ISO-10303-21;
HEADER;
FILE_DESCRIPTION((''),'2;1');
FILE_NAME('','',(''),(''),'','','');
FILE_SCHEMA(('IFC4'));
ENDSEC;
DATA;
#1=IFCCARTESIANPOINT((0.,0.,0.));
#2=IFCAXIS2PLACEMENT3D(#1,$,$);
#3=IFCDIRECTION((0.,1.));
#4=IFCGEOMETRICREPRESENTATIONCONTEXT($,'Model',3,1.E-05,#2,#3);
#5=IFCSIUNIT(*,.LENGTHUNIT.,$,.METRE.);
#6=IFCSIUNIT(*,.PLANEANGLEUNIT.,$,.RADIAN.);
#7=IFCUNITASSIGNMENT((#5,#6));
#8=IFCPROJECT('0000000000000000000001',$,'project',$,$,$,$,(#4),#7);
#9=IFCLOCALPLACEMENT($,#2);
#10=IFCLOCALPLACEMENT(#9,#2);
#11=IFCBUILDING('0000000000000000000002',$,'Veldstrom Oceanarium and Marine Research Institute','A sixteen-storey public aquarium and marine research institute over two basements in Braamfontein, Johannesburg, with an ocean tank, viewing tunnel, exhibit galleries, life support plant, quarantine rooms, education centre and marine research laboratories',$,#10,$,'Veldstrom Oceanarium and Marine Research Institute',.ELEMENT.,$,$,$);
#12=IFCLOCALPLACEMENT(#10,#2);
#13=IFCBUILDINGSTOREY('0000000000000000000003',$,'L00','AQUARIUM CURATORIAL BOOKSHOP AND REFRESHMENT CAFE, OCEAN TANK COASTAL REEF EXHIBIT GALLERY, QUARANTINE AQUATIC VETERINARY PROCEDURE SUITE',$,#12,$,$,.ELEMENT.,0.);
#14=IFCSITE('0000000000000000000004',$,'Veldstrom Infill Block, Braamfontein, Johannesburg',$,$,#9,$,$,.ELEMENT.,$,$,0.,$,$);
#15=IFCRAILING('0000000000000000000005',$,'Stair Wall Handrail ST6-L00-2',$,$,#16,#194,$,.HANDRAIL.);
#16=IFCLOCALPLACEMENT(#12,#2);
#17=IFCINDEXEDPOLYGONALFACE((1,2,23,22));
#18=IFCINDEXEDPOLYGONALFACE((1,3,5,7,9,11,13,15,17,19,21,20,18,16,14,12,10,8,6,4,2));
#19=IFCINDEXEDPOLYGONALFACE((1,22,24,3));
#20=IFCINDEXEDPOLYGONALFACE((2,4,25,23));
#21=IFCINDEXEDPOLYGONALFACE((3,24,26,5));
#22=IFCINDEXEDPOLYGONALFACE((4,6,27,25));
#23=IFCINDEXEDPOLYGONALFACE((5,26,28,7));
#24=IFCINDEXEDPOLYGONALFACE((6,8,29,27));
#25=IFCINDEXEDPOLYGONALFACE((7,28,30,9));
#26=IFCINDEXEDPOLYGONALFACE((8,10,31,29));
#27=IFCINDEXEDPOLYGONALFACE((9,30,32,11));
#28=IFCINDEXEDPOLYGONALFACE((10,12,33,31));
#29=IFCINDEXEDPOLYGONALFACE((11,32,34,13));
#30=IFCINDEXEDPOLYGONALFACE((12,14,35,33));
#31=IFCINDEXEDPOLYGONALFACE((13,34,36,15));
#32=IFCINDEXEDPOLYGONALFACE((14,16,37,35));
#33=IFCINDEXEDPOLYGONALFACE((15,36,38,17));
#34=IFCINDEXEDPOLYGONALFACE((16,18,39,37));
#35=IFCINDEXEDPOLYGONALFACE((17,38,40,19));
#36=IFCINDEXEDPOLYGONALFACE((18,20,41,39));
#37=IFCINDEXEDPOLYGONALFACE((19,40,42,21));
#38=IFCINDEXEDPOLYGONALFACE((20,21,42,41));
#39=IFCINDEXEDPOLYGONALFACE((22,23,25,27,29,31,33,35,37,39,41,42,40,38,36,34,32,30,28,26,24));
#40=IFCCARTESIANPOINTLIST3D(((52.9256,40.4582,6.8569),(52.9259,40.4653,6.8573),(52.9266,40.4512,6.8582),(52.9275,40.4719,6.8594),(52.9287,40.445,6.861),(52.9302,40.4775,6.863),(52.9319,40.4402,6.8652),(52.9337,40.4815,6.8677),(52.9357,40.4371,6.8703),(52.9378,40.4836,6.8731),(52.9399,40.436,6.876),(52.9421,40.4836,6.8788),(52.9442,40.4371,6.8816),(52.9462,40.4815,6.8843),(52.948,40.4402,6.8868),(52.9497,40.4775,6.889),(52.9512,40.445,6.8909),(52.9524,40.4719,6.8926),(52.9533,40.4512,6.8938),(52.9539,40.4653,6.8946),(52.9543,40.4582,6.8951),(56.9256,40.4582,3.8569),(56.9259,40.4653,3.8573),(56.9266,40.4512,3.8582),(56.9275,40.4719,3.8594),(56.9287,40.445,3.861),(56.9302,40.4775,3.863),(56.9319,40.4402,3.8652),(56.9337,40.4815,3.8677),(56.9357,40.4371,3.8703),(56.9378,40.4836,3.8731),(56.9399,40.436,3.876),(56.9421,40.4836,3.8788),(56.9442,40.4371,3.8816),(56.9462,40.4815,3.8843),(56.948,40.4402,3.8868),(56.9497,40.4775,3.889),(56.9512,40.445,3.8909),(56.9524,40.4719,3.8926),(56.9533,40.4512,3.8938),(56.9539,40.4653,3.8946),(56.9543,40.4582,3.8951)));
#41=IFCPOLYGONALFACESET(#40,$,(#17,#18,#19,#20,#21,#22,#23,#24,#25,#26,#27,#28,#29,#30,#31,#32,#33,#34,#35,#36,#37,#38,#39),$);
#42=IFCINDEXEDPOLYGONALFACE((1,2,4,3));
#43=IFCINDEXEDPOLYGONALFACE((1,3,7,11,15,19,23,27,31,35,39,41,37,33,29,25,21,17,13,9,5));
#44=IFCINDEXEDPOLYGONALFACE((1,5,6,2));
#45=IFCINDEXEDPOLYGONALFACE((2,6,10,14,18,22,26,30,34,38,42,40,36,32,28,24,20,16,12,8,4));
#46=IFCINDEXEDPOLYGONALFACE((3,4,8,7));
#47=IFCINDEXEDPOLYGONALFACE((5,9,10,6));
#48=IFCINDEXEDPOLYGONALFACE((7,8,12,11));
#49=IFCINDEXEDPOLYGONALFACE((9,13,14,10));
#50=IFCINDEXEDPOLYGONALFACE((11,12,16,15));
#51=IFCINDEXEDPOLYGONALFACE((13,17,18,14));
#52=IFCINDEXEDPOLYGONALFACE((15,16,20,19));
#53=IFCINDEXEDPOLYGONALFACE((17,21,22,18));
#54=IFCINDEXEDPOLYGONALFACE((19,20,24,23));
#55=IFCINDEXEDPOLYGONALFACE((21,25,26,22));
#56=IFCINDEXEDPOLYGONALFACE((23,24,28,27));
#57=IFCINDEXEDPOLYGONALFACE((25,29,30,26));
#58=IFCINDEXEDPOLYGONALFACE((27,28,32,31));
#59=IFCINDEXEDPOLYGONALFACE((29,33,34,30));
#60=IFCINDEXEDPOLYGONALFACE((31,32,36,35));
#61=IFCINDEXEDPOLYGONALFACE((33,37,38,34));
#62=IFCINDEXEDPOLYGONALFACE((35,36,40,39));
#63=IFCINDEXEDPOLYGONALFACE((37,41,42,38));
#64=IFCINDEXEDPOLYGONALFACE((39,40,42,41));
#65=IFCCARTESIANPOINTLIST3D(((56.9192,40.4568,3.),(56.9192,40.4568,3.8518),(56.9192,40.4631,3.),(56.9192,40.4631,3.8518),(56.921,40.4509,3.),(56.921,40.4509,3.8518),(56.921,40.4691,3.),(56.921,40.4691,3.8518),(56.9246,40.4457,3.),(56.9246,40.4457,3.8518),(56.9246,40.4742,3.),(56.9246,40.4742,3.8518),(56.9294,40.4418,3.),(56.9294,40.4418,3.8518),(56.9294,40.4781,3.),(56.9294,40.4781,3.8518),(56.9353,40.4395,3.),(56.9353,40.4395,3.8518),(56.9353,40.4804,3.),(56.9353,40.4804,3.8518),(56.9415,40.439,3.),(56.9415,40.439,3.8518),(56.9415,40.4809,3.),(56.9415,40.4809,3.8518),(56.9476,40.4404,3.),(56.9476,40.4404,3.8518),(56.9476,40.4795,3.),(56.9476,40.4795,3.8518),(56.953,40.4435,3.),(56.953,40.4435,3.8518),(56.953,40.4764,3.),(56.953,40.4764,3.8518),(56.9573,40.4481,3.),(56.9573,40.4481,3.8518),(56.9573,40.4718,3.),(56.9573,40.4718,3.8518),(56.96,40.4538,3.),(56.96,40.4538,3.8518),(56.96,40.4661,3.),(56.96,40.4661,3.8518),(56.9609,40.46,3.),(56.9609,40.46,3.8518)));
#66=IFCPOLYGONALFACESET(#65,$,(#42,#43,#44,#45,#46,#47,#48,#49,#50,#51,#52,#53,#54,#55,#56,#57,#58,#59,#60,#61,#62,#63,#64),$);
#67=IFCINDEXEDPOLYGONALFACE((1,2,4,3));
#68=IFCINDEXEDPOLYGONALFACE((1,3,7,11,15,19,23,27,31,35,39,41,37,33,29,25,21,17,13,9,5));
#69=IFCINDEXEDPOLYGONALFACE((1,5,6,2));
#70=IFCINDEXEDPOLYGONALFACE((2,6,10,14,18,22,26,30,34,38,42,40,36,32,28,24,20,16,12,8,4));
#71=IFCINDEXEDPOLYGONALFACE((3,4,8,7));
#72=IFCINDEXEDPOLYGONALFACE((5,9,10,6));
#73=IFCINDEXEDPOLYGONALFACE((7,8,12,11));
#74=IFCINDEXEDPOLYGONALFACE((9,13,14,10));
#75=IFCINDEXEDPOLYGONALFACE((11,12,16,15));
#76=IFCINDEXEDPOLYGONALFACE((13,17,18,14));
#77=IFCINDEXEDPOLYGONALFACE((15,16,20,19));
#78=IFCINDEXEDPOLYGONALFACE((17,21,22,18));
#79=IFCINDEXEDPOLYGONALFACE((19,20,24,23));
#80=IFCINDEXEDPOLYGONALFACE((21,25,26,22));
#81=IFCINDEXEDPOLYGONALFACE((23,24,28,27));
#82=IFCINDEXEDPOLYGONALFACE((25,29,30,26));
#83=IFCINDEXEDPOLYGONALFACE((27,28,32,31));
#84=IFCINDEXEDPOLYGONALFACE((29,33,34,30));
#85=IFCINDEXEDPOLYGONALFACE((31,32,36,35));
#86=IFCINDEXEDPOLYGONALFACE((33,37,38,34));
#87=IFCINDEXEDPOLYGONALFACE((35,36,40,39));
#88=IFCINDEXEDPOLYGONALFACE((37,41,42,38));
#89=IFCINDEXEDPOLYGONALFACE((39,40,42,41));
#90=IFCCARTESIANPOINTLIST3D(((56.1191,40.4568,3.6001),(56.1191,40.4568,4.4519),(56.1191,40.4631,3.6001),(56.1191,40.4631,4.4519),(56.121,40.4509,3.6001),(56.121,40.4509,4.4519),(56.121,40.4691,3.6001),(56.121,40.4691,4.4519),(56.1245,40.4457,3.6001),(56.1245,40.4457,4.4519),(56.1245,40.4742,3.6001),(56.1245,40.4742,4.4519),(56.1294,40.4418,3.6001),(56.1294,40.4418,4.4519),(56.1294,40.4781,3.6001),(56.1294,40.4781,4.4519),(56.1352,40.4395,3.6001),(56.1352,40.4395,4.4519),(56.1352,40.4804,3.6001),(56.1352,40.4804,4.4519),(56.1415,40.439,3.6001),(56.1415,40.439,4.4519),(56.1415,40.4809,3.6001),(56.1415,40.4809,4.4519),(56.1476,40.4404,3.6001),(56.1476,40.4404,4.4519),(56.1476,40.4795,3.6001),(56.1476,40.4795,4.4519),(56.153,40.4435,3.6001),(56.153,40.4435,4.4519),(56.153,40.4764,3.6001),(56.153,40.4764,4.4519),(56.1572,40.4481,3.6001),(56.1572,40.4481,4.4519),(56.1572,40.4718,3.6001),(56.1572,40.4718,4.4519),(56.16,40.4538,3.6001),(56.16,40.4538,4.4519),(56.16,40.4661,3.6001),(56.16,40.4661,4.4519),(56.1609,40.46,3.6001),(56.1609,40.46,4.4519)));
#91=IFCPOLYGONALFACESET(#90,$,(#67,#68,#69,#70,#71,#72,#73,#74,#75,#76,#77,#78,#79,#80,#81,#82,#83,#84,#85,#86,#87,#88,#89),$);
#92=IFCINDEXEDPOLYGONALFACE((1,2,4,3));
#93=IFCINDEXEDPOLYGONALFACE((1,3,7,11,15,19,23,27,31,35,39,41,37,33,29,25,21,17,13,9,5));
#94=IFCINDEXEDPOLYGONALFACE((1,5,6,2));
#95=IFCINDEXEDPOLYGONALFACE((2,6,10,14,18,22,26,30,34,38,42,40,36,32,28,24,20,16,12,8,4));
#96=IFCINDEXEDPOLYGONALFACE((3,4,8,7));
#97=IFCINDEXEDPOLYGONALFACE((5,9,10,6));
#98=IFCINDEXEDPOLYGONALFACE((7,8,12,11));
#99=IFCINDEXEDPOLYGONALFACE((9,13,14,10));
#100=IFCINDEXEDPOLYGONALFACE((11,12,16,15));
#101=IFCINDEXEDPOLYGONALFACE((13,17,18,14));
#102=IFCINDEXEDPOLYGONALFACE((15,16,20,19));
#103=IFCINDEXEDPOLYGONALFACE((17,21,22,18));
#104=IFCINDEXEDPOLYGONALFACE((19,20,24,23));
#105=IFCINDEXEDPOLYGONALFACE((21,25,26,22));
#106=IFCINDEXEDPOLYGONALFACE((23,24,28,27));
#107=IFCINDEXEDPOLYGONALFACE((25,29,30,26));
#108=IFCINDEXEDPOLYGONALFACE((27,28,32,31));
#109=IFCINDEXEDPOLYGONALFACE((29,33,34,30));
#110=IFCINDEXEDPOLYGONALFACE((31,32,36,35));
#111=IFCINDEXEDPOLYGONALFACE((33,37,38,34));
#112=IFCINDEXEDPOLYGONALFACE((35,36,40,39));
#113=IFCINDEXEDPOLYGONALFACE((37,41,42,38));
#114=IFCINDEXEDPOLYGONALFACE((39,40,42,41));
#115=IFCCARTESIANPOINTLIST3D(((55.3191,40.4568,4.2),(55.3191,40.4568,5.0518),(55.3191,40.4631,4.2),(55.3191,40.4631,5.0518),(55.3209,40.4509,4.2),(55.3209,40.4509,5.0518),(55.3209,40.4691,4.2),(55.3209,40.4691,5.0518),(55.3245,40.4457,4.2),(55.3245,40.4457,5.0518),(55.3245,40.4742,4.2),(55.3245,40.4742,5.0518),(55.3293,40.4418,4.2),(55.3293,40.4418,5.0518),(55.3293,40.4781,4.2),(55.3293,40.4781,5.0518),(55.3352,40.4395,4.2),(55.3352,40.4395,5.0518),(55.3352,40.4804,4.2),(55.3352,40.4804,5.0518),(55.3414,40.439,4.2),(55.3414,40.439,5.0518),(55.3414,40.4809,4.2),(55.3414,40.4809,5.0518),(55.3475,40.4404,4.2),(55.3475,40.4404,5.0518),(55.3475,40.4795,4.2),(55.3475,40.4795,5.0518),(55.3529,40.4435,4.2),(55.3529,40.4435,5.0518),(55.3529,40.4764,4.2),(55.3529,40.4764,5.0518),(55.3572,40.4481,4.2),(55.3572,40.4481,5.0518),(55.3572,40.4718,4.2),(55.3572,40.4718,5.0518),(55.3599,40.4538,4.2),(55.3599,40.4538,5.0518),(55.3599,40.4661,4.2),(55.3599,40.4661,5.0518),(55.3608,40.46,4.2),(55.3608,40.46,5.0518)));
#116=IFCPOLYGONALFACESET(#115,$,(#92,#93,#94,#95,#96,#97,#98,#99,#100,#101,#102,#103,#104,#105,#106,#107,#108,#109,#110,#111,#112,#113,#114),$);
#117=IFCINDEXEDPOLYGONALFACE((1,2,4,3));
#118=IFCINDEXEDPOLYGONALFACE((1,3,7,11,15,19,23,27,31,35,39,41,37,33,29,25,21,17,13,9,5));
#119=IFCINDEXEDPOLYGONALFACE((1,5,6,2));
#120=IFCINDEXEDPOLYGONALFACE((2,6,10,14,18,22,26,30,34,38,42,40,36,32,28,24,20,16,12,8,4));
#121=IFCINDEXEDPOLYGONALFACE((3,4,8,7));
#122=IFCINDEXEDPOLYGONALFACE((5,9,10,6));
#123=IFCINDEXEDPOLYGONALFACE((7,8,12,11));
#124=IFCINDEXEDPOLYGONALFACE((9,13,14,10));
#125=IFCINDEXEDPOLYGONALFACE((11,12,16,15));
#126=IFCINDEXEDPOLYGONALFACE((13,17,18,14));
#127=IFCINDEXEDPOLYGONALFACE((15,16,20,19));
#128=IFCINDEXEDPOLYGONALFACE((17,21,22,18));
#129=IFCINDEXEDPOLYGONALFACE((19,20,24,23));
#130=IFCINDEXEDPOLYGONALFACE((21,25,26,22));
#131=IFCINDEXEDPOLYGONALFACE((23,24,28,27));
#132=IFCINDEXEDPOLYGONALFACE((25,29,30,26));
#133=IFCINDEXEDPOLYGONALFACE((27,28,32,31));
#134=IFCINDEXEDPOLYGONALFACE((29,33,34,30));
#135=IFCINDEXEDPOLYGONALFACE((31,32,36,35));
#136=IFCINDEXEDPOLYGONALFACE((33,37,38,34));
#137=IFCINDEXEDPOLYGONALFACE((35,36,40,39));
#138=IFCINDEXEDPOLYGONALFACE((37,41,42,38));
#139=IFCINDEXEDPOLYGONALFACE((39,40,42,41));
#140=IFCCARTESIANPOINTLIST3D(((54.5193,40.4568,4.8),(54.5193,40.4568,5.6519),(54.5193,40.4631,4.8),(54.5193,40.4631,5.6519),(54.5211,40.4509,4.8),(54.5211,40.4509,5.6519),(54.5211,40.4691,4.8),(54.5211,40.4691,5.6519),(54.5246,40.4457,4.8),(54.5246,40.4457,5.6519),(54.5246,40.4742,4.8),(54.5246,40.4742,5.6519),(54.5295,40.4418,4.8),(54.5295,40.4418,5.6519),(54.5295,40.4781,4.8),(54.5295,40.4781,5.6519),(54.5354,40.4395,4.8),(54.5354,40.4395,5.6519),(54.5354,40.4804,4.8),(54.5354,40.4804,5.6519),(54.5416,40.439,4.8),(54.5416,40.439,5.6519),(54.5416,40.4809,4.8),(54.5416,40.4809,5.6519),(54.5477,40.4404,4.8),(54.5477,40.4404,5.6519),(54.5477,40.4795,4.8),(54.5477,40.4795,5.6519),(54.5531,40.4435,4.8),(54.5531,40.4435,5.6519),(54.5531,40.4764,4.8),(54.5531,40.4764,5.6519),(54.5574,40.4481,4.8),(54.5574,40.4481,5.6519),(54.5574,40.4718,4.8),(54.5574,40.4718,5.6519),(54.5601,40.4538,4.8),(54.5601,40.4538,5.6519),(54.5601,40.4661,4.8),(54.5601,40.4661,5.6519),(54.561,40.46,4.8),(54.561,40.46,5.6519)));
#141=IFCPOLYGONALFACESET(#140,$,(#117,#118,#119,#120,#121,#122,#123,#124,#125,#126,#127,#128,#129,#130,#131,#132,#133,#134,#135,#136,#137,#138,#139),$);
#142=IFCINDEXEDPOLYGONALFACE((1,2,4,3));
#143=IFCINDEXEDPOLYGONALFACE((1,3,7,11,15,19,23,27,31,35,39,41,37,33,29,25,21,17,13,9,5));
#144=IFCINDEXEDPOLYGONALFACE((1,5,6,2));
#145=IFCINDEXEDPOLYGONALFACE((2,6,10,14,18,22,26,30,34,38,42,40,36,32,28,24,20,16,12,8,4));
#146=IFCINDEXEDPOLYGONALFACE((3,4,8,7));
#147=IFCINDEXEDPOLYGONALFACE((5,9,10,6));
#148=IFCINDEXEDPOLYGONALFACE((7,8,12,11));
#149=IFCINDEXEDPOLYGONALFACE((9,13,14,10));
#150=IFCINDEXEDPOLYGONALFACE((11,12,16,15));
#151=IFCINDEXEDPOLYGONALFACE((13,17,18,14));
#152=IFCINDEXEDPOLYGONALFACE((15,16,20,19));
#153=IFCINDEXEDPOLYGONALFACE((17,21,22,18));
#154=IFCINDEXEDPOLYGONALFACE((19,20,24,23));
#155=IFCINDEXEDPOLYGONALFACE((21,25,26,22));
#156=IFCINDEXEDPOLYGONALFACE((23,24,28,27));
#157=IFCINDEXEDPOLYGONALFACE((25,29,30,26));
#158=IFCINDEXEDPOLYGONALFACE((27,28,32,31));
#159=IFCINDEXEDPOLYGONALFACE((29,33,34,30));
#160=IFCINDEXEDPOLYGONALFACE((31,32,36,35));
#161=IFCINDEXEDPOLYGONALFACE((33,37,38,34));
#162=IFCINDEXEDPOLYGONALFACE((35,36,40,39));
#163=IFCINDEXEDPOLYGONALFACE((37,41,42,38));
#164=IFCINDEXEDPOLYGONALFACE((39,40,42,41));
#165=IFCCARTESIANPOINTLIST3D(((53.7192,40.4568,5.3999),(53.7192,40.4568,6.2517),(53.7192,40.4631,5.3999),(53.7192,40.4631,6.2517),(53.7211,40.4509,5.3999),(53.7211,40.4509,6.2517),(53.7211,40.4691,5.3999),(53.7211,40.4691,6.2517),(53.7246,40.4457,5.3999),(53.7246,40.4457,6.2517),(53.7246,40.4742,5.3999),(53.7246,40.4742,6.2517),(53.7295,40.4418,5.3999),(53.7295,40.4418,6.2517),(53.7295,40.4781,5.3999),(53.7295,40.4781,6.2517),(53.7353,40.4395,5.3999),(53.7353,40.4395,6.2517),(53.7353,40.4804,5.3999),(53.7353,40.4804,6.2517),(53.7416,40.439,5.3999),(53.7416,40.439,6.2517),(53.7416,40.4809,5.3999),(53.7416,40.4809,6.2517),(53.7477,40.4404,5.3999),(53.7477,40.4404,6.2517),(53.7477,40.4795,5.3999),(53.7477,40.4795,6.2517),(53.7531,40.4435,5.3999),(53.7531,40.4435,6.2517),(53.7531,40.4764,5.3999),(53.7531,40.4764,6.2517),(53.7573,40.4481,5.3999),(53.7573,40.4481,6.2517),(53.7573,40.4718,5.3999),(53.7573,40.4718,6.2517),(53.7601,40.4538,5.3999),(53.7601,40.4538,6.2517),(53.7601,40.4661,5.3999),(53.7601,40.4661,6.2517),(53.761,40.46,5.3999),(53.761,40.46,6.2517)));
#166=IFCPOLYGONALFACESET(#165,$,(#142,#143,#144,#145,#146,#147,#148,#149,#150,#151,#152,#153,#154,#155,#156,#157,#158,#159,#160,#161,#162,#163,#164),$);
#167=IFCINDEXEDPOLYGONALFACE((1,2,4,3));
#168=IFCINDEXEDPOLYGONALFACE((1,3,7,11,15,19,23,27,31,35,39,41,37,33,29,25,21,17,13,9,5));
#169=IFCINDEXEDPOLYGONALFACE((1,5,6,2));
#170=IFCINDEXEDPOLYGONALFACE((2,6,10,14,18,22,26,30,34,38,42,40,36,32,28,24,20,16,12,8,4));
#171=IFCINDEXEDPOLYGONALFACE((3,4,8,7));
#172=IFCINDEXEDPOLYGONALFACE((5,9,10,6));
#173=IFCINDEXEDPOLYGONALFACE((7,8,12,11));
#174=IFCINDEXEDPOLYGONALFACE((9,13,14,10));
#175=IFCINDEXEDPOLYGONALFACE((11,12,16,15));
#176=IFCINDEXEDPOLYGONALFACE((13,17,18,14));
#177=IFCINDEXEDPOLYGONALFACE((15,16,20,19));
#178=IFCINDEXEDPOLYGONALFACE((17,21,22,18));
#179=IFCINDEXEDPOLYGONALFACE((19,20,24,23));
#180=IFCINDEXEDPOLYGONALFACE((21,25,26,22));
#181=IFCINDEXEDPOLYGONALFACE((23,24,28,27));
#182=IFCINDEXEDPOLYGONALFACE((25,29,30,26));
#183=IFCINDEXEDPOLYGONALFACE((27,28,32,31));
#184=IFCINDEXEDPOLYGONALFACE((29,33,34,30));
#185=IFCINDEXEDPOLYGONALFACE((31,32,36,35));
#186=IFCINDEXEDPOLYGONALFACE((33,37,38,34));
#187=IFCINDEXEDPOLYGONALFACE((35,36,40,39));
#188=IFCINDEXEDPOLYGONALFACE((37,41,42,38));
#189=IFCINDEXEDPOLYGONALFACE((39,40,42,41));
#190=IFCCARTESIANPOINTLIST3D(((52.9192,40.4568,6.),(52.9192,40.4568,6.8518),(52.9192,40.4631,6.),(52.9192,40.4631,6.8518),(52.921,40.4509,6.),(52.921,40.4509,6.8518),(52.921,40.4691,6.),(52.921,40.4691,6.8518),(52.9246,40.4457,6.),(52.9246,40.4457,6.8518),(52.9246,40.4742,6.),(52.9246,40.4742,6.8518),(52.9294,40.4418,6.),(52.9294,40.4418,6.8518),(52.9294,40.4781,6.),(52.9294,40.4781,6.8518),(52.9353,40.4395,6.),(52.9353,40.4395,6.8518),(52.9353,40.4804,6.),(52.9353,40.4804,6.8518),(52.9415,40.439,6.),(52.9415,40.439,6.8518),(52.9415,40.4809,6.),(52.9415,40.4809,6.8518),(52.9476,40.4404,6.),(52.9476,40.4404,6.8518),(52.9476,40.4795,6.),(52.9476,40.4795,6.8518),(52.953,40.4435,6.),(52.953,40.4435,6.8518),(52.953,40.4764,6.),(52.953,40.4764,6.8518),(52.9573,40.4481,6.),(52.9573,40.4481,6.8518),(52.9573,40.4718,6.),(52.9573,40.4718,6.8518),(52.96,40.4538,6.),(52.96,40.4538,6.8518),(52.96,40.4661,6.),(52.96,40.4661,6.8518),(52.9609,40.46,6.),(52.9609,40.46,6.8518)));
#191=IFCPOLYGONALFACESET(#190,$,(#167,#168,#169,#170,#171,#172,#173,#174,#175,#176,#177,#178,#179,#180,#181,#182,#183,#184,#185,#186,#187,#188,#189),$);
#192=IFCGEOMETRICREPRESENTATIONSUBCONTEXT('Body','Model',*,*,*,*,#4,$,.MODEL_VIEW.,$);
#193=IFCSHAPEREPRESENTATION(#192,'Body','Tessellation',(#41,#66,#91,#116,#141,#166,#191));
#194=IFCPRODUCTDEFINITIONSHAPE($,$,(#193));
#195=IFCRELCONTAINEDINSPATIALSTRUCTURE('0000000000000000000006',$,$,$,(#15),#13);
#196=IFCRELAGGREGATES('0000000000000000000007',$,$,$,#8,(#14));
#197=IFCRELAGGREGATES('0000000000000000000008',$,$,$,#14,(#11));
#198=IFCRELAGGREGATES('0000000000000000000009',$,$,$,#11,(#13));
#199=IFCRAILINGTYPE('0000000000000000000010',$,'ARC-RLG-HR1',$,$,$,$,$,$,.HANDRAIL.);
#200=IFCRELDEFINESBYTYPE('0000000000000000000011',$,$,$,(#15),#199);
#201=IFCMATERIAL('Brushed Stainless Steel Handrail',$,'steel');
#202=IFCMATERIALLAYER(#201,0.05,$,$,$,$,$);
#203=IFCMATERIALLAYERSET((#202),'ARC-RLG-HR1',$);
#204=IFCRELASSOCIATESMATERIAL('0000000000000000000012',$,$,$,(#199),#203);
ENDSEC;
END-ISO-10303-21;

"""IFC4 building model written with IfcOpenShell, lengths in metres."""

from ifc_helpers import new_model, si_unit, direction, frame, origin, origin_2d, place, context, subcontext, project, spatial, circle, extrude, material, layer, layer_set, type_object, element, save


model = new_model("IFC4")

# Units and contexts
model_context = context("Model", 3, precision=1e-05, world=origin(), true_north=direction((0.0, 1.0)))
body_context = subcontext(model_context, "Body", "Model", "MODEL_VIEW")
ifc_project = project(units=[si_unit("LENGTHUNIT", "METRE"), si_unit("PLANEANGLEUNIT", "RADIAN")], contexts=[model_context])

# Site, building, storey
site_placement = place(None, origin())
site = spatial("IfcSite", under=ifc_project, at=site_placement, Name="Veldstrom Infill Block, Braamfontein, Johannesburg", CompositionType="ELEMENT", RefElevation=0.0)
building_placement = place(site_placement, origin())
building = spatial("IfcBuilding", under=site, at=building_placement, Name="Veldstrom Oceanarium and Marine Research Institute", Description="A sixteen-storey public aquarium and marine research institute over two basements in Braamfontein, Johannesburg, with an ocean tank, viewing tunnel, exhibit galleries, life support plant, quarantine rooms, education centre and marine research laboratories", LongName="Veldstrom Oceanarium and Marine Research Institute", CompositionType="ELEMENT")
storey_placement = place(building_placement, origin())
storey = spatial("IfcBuildingStorey", under=building, at=storey_placement, Name="L00", Description="AQUARIUM CURATORIAL BOOKSHOP AND REFRESHMENT CAFE, OCEAN TANK COASTAL REEF EXHIBIT GALLERY, QUARANTINE AQUATIC VETERINARY PROCEDURE SUITE", CompositionType="ELEMENT", Elevation=0.0)

# Railing
ifc_material_1 = material(Name="Brushed Stainless Steel Handrail", Category="steel")
ifc_layer_1 = layer(ifc_material_1, 0.05)
ifc_layer_set_1 = layer_set([ifc_layer_1], Name="ARC-RLG-HR1")
railing_type_1 = type_object("IfcRailingType", Name="ARC-RLG-HR1", PredefinedType="HANDRAIL", material=ifc_layer_set_1)
railing_1_placement = place(storey_placement, frame((56.9399, 40.46, 3.0)))
element("IfcRailing", 1, at=railing_1_placement, inside=storey, type_object=railing_type_1, Name="Stair Wall Handrail ST6-L00-2", PredefinedType="HANDRAIL", context=body_context, shape_type="SweptSolid", body=[
    extrude(circle(Radius=0.0239, at=origin_2d()), frame((0.0, 0.0, 0.876), z_axis=(-0.8, 0.0, 0.6), x_axis=(0.0, -1.0, 0.0)), (0.0, 0.0, 1.0), 5.0),
    extrude(circle(Radius=0.021, at=origin_2d()), origin(), (0.0, 0.0, 1.0), 0.8518),
    extrude(circle(Radius=0.021, at=origin_2d()), frame((-0.8, 0.0, 0.6001)), (0.0, 0.0, 1.0), 0.8518),
    extrude(circle(Radius=0.021, at=origin_2d()), frame((-1.6001, 0.0, 1.2)), (0.0, 0.0, 1.0), 0.8518),
    extrude(circle(Radius=0.021, at=origin_2d()), frame((-2.3999, 0.0, 1.8)), (0.0, 0.0, 1.0), 0.8518),
    extrude(circle(Radius=0.021, at=origin_2d()), frame((-3.2, 0.0, 2.3999)), (0.0, 0.0, 1.0), 0.8518),
    extrude(circle(Radius=0.021, at=origin_2d()), frame((-4.0, 0.0, 3.0)), (0.0, 0.0, 1.0), 0.8518),
])

save(model, "model.ifc")
